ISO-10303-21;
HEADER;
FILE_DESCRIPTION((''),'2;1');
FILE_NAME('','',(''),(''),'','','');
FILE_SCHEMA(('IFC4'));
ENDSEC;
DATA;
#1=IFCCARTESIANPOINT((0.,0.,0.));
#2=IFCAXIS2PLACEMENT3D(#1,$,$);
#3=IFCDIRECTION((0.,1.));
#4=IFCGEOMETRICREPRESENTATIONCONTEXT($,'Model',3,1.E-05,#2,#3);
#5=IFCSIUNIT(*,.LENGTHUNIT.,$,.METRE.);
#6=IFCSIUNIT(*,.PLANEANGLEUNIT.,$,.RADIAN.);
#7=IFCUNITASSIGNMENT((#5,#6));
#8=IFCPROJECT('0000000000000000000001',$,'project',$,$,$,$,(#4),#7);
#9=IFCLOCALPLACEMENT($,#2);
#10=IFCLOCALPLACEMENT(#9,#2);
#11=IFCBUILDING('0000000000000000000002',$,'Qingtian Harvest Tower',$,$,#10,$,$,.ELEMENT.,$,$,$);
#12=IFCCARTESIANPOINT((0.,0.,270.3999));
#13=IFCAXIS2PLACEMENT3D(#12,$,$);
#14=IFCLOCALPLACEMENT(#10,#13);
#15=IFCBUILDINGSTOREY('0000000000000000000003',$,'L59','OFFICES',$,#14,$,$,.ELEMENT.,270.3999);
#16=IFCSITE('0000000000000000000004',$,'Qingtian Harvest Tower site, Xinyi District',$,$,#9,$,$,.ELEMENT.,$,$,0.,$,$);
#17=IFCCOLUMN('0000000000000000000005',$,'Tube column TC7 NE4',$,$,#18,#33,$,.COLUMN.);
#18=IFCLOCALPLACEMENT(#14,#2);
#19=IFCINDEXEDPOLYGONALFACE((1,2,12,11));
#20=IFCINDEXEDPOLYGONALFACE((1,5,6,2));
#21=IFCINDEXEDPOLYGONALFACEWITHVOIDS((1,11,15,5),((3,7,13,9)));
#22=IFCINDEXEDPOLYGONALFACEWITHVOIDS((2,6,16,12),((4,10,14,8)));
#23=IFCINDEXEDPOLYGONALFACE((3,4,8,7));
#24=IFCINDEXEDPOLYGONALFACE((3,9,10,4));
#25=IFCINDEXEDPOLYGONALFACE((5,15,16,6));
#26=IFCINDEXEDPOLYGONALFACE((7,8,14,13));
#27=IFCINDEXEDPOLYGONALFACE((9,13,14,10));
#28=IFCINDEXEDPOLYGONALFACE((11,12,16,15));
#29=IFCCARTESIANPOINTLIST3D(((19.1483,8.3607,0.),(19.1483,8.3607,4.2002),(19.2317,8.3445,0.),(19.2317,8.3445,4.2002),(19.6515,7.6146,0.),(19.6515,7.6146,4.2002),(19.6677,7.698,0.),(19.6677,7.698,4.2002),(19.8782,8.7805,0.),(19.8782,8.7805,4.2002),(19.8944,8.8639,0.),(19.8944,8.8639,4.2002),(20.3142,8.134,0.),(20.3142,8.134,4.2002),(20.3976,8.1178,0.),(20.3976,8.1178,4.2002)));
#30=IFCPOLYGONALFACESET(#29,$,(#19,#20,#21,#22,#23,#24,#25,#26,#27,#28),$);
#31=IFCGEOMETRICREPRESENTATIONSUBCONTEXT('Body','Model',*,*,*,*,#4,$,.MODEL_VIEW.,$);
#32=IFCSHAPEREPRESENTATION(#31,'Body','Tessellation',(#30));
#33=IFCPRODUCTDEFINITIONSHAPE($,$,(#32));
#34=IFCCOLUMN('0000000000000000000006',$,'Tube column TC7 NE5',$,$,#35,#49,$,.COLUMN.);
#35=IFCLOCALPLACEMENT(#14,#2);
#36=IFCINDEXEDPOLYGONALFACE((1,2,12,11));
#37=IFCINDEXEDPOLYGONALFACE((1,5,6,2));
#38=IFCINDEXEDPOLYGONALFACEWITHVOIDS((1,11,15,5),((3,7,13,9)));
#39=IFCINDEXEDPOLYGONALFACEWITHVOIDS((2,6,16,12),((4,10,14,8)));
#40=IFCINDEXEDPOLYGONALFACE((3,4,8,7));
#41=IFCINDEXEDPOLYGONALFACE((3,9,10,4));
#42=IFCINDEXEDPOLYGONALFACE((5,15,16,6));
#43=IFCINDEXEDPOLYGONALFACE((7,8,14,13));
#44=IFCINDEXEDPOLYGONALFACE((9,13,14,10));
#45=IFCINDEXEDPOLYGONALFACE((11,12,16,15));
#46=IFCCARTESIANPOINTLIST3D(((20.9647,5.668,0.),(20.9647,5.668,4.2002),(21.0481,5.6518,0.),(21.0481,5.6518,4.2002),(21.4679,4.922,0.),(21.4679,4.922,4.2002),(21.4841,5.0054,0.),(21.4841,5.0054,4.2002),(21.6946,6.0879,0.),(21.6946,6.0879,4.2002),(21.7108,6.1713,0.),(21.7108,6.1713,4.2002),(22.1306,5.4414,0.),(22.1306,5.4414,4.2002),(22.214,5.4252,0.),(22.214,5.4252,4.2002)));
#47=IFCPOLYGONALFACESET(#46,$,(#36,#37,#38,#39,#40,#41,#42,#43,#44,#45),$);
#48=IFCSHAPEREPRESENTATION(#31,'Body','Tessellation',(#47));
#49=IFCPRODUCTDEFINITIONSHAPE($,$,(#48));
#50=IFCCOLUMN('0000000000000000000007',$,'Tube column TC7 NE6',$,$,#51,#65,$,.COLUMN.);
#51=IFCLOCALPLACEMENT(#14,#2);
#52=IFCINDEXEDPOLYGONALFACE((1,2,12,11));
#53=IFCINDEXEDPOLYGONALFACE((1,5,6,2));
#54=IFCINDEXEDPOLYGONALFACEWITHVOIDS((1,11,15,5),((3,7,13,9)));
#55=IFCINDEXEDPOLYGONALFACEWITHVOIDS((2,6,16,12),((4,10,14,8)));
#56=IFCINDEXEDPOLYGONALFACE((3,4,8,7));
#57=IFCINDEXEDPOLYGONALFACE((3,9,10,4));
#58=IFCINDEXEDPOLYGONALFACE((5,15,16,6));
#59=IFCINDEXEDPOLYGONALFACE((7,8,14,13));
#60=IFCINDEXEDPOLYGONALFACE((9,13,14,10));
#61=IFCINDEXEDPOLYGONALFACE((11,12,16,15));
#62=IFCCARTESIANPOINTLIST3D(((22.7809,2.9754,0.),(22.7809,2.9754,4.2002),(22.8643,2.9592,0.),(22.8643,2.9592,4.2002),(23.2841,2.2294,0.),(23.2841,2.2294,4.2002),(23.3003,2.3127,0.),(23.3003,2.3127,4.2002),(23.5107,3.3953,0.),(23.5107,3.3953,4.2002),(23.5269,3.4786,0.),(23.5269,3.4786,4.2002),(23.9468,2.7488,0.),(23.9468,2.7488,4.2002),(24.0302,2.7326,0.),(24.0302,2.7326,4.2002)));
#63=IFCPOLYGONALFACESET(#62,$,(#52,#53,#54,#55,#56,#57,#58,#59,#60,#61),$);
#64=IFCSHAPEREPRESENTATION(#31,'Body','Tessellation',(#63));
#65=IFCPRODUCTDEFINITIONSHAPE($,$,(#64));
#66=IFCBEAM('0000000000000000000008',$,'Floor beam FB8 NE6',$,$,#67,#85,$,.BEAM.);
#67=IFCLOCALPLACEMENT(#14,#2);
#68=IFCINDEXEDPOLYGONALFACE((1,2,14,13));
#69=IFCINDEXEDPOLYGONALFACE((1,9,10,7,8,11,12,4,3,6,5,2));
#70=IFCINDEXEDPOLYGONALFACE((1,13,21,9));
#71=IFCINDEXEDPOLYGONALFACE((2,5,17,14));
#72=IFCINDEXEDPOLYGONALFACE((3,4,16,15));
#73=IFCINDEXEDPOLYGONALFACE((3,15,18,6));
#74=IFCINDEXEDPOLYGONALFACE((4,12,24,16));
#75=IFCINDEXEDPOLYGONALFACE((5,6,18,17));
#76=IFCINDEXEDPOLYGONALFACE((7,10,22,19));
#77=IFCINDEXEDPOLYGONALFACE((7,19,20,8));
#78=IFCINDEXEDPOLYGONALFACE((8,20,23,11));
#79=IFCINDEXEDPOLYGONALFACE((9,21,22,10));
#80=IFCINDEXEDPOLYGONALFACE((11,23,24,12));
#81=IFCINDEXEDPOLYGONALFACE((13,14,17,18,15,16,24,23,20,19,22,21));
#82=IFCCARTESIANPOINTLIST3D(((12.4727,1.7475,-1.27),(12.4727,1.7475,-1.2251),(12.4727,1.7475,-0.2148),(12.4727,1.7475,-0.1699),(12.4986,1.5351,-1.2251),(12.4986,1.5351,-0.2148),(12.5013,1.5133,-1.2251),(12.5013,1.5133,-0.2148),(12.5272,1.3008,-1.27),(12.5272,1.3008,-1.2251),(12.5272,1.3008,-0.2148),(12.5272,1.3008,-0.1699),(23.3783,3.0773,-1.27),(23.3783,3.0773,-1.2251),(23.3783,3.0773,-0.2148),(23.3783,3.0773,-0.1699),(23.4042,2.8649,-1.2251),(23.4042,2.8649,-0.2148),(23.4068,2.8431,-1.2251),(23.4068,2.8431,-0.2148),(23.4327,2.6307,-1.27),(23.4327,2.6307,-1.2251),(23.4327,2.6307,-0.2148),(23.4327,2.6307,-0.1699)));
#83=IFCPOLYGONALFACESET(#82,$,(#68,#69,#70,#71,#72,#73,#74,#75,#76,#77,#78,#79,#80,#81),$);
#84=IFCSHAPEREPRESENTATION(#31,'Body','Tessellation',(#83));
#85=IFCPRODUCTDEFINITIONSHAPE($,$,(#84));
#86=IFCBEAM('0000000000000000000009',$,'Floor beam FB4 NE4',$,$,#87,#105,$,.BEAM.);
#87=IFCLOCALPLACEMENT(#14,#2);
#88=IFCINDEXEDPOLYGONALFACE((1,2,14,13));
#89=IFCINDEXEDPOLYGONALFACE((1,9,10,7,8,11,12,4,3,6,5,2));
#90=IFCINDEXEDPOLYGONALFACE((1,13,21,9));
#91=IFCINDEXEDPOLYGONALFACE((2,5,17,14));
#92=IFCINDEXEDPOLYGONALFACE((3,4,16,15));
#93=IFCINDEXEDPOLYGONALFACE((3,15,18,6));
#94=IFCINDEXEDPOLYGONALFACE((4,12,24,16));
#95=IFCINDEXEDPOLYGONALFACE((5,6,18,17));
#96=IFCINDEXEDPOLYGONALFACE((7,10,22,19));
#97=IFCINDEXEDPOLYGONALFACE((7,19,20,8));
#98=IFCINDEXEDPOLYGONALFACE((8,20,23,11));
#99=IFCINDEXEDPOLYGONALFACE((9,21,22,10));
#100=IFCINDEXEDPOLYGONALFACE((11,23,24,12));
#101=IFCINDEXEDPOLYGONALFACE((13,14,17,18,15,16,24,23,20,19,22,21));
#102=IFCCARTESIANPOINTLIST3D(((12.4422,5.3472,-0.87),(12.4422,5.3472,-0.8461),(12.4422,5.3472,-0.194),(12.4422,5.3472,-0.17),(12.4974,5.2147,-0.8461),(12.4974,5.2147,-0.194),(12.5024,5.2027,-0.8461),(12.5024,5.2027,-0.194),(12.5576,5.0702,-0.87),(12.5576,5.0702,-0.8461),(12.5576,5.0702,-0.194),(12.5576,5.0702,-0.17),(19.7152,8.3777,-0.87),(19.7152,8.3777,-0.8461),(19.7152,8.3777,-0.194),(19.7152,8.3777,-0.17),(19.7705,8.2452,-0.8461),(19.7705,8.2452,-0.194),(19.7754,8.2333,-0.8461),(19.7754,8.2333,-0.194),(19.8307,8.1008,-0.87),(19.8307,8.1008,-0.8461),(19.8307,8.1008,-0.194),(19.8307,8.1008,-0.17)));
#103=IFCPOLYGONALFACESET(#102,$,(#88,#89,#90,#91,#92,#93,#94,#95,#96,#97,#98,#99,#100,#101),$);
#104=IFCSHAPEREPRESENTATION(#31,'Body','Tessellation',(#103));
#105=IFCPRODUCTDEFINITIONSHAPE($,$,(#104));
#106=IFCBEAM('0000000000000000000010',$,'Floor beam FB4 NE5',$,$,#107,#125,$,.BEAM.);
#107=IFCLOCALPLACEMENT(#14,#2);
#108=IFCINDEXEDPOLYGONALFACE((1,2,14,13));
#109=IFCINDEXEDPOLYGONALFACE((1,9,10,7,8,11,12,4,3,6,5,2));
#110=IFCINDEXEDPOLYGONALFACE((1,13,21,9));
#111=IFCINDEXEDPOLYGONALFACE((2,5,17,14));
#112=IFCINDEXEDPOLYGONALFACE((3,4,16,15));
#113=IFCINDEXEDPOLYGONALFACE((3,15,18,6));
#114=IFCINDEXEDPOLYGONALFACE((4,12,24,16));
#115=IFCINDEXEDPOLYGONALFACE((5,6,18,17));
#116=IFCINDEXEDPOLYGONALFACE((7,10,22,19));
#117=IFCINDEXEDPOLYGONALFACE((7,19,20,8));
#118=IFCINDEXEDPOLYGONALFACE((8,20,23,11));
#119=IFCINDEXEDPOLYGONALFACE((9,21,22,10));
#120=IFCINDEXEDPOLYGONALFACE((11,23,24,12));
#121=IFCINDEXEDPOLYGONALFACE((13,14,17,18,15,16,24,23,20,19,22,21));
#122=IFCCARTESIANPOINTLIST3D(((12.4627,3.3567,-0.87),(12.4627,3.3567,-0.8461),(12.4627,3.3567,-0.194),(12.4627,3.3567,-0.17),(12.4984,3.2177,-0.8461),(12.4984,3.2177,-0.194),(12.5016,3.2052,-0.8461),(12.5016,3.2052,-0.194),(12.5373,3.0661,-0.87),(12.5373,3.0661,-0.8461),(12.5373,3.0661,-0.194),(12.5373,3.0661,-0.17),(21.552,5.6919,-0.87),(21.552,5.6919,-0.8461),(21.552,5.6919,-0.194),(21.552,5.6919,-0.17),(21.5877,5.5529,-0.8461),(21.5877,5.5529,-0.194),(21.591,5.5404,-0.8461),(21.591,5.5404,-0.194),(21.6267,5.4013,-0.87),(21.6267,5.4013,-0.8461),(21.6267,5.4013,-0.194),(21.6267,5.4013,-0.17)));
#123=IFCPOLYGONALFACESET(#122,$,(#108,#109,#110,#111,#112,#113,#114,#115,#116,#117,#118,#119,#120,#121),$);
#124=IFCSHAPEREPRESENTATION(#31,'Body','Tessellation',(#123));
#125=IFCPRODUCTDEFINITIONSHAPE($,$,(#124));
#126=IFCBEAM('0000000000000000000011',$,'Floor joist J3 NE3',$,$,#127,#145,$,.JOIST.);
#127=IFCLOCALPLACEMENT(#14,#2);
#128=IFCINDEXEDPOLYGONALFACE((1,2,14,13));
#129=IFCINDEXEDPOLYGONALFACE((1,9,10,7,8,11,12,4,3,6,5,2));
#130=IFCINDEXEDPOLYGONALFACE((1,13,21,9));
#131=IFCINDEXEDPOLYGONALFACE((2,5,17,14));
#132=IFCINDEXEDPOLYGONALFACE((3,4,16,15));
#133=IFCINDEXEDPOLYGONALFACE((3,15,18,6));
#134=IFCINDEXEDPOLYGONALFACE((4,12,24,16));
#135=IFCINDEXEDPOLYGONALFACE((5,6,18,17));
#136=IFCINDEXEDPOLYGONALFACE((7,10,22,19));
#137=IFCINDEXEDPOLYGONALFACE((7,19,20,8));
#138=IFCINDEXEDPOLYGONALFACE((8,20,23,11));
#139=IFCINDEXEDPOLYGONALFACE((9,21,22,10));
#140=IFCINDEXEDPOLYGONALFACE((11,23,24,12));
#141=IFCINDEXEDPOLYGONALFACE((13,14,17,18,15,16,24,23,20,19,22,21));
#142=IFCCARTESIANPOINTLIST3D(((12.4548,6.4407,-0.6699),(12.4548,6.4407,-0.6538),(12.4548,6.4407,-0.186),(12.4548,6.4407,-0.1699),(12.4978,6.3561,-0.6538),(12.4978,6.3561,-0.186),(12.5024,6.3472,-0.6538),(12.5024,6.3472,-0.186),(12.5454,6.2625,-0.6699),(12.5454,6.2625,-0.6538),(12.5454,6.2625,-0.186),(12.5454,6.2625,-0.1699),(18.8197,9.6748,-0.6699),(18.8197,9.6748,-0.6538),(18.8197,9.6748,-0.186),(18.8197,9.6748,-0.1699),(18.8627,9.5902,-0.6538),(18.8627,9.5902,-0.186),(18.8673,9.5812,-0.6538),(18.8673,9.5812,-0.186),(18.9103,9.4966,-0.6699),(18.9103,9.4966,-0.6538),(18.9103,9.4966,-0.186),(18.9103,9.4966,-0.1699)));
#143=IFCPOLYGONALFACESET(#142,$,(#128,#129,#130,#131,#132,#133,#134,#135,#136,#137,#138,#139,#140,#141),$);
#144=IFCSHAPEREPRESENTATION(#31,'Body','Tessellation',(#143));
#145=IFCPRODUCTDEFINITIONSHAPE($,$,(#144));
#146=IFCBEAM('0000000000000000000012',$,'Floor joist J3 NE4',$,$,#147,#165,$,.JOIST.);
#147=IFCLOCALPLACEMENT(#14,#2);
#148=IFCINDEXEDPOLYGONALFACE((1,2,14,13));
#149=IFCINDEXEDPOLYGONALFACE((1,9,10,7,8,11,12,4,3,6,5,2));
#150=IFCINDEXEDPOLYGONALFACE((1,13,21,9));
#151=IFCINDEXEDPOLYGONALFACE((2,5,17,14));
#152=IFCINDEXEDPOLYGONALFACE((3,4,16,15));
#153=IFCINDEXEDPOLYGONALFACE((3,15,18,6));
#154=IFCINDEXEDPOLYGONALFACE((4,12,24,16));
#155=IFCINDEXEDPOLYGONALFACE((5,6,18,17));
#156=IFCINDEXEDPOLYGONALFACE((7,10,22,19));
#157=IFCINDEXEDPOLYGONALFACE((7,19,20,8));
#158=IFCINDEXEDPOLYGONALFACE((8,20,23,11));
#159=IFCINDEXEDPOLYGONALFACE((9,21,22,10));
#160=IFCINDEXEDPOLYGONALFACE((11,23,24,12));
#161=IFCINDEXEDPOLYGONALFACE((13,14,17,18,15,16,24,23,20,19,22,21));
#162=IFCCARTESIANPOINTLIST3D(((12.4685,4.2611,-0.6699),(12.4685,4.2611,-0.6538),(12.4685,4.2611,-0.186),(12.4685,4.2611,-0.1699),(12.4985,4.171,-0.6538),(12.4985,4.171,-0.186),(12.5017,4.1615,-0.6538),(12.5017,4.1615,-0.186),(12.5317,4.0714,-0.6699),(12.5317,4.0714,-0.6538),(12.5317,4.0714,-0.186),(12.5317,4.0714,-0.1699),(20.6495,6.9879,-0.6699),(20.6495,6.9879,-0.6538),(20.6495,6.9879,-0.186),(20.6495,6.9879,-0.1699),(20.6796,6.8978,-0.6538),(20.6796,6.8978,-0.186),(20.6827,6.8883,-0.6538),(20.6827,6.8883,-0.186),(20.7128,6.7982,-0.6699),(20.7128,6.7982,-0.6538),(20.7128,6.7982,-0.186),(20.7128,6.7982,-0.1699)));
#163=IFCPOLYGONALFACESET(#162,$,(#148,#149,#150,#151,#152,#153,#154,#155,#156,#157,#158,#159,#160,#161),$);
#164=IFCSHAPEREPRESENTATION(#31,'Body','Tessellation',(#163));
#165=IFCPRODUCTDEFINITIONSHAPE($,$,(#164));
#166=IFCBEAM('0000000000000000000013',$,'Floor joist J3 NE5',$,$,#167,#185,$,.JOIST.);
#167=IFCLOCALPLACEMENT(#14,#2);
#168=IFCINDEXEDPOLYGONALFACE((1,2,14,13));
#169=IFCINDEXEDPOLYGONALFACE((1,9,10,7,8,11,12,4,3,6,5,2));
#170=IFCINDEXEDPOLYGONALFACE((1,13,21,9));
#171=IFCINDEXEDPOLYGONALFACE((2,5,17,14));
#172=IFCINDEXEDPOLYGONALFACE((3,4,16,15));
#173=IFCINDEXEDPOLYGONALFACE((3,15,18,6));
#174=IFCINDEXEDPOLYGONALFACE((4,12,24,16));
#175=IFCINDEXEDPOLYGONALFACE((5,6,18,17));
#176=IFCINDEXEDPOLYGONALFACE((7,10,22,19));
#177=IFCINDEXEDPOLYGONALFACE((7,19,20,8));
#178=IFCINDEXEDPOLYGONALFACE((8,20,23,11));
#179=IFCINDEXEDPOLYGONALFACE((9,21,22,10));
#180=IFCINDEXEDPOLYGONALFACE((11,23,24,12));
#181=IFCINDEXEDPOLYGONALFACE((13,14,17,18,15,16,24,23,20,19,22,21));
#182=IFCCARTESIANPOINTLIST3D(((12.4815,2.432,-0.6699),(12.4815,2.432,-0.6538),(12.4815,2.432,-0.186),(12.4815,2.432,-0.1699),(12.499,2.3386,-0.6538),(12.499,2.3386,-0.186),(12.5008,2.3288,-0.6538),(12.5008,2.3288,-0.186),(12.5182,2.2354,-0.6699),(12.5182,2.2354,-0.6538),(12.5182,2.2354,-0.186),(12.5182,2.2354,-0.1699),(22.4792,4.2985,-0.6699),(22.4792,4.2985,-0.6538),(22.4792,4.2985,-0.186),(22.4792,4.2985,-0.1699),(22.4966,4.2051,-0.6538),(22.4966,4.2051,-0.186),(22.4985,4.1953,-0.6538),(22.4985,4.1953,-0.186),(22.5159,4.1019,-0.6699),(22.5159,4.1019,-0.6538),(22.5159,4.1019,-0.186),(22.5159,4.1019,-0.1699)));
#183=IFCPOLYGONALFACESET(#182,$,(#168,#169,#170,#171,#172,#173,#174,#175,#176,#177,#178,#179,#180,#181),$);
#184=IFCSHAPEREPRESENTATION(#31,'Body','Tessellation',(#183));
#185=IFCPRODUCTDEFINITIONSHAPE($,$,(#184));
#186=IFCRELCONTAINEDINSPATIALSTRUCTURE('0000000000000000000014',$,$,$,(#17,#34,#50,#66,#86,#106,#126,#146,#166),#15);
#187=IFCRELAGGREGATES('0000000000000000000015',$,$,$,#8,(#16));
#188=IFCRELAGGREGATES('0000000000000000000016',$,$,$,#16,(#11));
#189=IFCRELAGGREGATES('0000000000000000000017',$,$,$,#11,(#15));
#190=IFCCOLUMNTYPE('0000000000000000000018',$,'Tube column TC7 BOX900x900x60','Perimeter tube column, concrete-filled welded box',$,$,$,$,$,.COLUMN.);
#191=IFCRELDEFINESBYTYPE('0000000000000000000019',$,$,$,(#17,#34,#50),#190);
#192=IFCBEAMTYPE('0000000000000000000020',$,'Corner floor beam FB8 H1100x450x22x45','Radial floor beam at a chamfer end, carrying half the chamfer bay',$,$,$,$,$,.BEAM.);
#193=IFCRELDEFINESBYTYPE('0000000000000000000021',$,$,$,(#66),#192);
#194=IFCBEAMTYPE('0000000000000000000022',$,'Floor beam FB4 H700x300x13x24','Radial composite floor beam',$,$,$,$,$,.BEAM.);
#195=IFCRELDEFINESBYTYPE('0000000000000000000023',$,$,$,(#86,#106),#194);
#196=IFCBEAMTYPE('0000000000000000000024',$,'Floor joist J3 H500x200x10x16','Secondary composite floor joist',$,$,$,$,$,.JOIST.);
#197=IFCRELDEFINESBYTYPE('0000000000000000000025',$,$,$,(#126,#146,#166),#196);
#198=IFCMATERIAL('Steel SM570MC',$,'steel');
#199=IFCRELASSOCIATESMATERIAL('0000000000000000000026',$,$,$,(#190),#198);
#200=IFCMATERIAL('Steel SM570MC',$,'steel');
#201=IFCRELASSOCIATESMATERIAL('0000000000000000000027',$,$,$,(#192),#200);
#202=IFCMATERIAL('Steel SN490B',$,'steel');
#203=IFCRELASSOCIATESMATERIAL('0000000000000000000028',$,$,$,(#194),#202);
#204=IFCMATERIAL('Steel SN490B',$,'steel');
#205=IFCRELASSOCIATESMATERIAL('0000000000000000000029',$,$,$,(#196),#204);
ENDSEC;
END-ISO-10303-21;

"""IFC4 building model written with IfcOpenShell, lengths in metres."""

from ifc_helpers import new_model, si_unit, direction, frame, origin, origin_2d, place, context, subcontext, project, spatial, hollow_rectangle, i_section, extrude, material, material_profile, profile_set, type_object, element, save


model = new_model("IFC4")

# Units and contexts
model_context = context("Model", 3, precision=1e-05, world=origin(), true_north=direction((0.0, 1.0)))
body_context = subcontext(model_context, "Body", "Model", "MODEL_VIEW")
ifc_project = project(units=[si_unit("LENGTHUNIT", "METRE"), si_unit("PLANEANGLEUNIT", "RADIAN")], contexts=[model_context])

# Site, building, storey
site_placement = place(None, origin())
site = spatial("IfcSite", under=ifc_project, at=site_placement, Name="Qingtian Harvest Tower site, Xinyi District", CompositionType="ELEMENT", RefElevation=0.0)
building_placement = place(site_placement, origin())
building = spatial("IfcBuilding", under=site, at=building_placement, Name="Qingtian Harvest Tower", CompositionType="ELEMENT")
storey_placement = place(building_placement, frame((0.0, 0.0, 270.3999)))
storey = spatial("IfcBuildingStorey", under=building, at=storey_placement, Name="L59", Description="OFFICES", CompositionType="ELEMENT", Elevation=270.3999)

# Columns
ifc_material_1 = material(Name="Steel SM570MC", Category="steel")
ifc_material_profile_1 = material_profile(ifc_material_1, hollow_rectangle(XDim=0.8999, YDim=0.8999, WallThickness=0.0601, at=origin_2d()), Name="BOX900x900x60")
ifc_profile_set_1 = profile_set([ifc_material_profile_1], Name="Steel SM570MC")
column_type = type_object("IfcColumnType", Name="Tube column TC7 BOX900x900x60", Description="Perimeter tube column, concrete-filled welded box", PredefinedType="COLUMN", material=ifc_profile_set_1)
for number, where, z_axis, x_axis, name in (
    (1, (19.7729, 8.2393, 0.0), (0.0, 0.0, 1.0), (-0.559193, 0.829038, 0.0), "Tube column TC7 NE4"),
    (2, (21.5894, 5.5466, 0.0), (0.0, 0.0, 1.0), (-0.559193, 0.829038, 0.0), "Tube column TC7 NE5"),
    (3, (23.4055, 2.854, 0.0), (0.0, 0.0, 1.0), (-0.559193, 0.829038, 0.0), "Tube column TC7 NE6"),
):
    element("IfcColumn", number, at=place(storey_placement, frame(where, z_axis=z_axis, x_axis=x_axis)), inside=storey, type_object=column_type, Name=name, PredefinedType="COLUMN", context=body_context, shape_type="SweptSolid", body=[
        extrude(hollow_rectangle(XDim=0.8999, YDim=0.8999, WallThickness=0.0601, at=origin_2d()), origin(), (0.0, 0.0, 1.0), 4.2002),
    ])

# Beams
ifc_material_2 = material(Name="Steel SM570MC", Category="steel")
ifc_material_profile_2 = material_profile(ifc_material_2, i_section(OverallWidth=0.45, OverallDepth=1.1001, WebThickness=0.022, FlangeThickness=0.0449, at=origin_2d()), Name="H1100x450x22x45")
ifc_profile_set_2 = profile_set([ifc_material_profile_2], Name="Steel SM570MC")
beam_type_1 = type_object("IfcBeamType", Name="Corner floor beam FB8 H1100x450x22x45", Description="Radial floor beam at a chamfer end, carrying half the chamfer bay", PredefinedType="BEAM", material=ifc_profile_set_2)
beam_1_placement = place(storey_placement, frame((23.4055, 2.854, -0.72), z_axis=(-0.992647, -0.121045, 0.0), x_axis=(0.121045, -0.992647, 0.0)))
element("IfcBeam", 4, at=beam_1_placement, inside=storey, type_object=beam_type_1, Name="Floor beam FB8 NE6", PredefinedType="BEAM", context=body_context, shape_type="SweptSolid", body=[
    extrude(i_section(OverallWidth=0.45, OverallDepth=1.1001, WebThickness=0.022, FlangeThickness=0.0449, at=origin_2d()), origin(), (0.0, 0.0, 1.0), 10.9863),
])
ifc_material_3 = material(Name="Steel SN490B", Category="steel")
ifc_material_profile_3 = material_profile(ifc_material_3, i_section(OverallWidth=0.3, OverallDepth=0.7, WebThickness=0.0129, FlangeThickness=0.0239, at=origin_2d()), Name="H700x300x13x24")
ifc_profile_set_3 = profile_set([ifc_material_profile_3], Name="Steel SN490B")
beam_type_2 = type_object("IfcBeamType", Name="Floor beam FB4 H700x300x13x24", Description="Radial composite floor beam", PredefinedType="BEAM", material=ifc_profile_set_3)
beam_2_placement = place(storey_placement, frame((19.7729, 8.2393, -0.52), z_axis=(-0.923071, -0.384629, 0.0), x_axis=(0.384629, -0.923071, 0.0)))
element("IfcBeam", 5, at=beam_2_placement, inside=storey, type_object=beam_type_2, Name="Floor beam FB4 NE4", PredefinedType="BEAM", context=body_context, shape_type="SweptSolid", body=[
    extrude(i_section(OverallWidth=0.3, OverallDepth=0.7, WebThickness=0.0129, FlangeThickness=0.0239, at=origin_2d()), origin(), (0.0, 0.0, 1.0), 7.8792),
])
beam_3_placement = place(storey_placement, frame((21.5894, 5.5466, -0.52), z_axis=(-0.968546, -0.248835, 0.0), x_axis=(0.248835, -0.968546, 0.0)))
element("IfcBeam", 6, at=beam_3_placement, inside=storey, type_object=beam_type_2, Name="Floor beam FB4 NE5", PredefinedType="BEAM", context=body_context, shape_type="SweptSolid", body=[
    extrude(i_section(OverallWidth=0.3, OverallDepth=0.7, WebThickness=0.0129, FlangeThickness=0.0239, at=origin_2d()), origin(), (0.0, 0.0, 1.0), 9.3845),
])
ifc_material_4 = material(Name="Steel SN490B", Category="steel")
ifc_material_profile_4 = material_profile(ifc_material_4, i_section(OverallWidth=0.2, OverallDepth=0.5, WebThickness=0.01, FlangeThickness=0.0161, at=origin_2d()), Name="H500x200x10x16")
ifc_profile_set_4 = profile_set([ifc_material_profile_4], Name="Steel SN490B")
beam_type_3 = type_object("IfcBeamType", Name="Floor joist J3 H500x200x10x16", Description="Secondary composite floor joist", PredefinedType="JOIST", material=ifc_profile_set_4)
beam_4_placement = place(storey_placement, frame((18.865, 9.5857, -0.4199), z_axis=(-0.891516, -0.45299, 0.0), x_axis=(0.45299, -0.891516, 0.0)))
element("IfcBeam", 7, at=beam_4_placement, inside=storey, type_object=beam_type_3, Name="Floor joist J3 NE3", PredefinedType="JOIST", context=body_context, shape_type="SweptSolid", body=[
    extrude(i_section(OverallWidth=0.2, OverallDepth=0.5, WebThickness=0.01, FlangeThickness=0.0161, at=origin_2d()), origin(), (0.0, 0.0, 1.0), 7.1394),
])
beam_5_placement = place(storey_placement, frame((20.6812, 6.8931, -0.4199), z_axis=(-0.948692, -0.316202, 0.0), x_axis=(0.316202, -0.948692, 0.0)))
element("IfcBeam", 8, at=beam_5_placement, inside=storey, type_object=beam_type_3, Name="Floor joist J3 NE4", PredefinedType="JOIST", context=body_context, shape_type="SweptSolid", body=[
    extrude(i_section(OverallWidth=0.2, OverallDepth=0.5, WebThickness=0.01, FlangeThickness=0.0161, at=origin_2d()), origin(), (0.0, 0.0, 1.0), 8.6235),
])
beam_6_placement = place(storey_placement, frame((22.4976, 4.2002, -0.4199), z_axis=(-0.983016, -0.18352, 0.0), x_axis=(0.18352, -0.983016, 0.0)))
element("IfcBeam", 9, at=beam_6_placement, inside=storey, type_object=beam_type_3, Name="Floor joist J3 NE5", PredefinedType="JOIST", context=body_context, shape_type="SweptSolid", body=[
    extrude(i_section(OverallWidth=0.2, OverallDepth=0.5, WebThickness=0.01, FlangeThickness=0.0161, at=origin_2d()), origin(), (0.0, 0.0, 1.0), 10.1704),
])

save(model, "model.ifc")
